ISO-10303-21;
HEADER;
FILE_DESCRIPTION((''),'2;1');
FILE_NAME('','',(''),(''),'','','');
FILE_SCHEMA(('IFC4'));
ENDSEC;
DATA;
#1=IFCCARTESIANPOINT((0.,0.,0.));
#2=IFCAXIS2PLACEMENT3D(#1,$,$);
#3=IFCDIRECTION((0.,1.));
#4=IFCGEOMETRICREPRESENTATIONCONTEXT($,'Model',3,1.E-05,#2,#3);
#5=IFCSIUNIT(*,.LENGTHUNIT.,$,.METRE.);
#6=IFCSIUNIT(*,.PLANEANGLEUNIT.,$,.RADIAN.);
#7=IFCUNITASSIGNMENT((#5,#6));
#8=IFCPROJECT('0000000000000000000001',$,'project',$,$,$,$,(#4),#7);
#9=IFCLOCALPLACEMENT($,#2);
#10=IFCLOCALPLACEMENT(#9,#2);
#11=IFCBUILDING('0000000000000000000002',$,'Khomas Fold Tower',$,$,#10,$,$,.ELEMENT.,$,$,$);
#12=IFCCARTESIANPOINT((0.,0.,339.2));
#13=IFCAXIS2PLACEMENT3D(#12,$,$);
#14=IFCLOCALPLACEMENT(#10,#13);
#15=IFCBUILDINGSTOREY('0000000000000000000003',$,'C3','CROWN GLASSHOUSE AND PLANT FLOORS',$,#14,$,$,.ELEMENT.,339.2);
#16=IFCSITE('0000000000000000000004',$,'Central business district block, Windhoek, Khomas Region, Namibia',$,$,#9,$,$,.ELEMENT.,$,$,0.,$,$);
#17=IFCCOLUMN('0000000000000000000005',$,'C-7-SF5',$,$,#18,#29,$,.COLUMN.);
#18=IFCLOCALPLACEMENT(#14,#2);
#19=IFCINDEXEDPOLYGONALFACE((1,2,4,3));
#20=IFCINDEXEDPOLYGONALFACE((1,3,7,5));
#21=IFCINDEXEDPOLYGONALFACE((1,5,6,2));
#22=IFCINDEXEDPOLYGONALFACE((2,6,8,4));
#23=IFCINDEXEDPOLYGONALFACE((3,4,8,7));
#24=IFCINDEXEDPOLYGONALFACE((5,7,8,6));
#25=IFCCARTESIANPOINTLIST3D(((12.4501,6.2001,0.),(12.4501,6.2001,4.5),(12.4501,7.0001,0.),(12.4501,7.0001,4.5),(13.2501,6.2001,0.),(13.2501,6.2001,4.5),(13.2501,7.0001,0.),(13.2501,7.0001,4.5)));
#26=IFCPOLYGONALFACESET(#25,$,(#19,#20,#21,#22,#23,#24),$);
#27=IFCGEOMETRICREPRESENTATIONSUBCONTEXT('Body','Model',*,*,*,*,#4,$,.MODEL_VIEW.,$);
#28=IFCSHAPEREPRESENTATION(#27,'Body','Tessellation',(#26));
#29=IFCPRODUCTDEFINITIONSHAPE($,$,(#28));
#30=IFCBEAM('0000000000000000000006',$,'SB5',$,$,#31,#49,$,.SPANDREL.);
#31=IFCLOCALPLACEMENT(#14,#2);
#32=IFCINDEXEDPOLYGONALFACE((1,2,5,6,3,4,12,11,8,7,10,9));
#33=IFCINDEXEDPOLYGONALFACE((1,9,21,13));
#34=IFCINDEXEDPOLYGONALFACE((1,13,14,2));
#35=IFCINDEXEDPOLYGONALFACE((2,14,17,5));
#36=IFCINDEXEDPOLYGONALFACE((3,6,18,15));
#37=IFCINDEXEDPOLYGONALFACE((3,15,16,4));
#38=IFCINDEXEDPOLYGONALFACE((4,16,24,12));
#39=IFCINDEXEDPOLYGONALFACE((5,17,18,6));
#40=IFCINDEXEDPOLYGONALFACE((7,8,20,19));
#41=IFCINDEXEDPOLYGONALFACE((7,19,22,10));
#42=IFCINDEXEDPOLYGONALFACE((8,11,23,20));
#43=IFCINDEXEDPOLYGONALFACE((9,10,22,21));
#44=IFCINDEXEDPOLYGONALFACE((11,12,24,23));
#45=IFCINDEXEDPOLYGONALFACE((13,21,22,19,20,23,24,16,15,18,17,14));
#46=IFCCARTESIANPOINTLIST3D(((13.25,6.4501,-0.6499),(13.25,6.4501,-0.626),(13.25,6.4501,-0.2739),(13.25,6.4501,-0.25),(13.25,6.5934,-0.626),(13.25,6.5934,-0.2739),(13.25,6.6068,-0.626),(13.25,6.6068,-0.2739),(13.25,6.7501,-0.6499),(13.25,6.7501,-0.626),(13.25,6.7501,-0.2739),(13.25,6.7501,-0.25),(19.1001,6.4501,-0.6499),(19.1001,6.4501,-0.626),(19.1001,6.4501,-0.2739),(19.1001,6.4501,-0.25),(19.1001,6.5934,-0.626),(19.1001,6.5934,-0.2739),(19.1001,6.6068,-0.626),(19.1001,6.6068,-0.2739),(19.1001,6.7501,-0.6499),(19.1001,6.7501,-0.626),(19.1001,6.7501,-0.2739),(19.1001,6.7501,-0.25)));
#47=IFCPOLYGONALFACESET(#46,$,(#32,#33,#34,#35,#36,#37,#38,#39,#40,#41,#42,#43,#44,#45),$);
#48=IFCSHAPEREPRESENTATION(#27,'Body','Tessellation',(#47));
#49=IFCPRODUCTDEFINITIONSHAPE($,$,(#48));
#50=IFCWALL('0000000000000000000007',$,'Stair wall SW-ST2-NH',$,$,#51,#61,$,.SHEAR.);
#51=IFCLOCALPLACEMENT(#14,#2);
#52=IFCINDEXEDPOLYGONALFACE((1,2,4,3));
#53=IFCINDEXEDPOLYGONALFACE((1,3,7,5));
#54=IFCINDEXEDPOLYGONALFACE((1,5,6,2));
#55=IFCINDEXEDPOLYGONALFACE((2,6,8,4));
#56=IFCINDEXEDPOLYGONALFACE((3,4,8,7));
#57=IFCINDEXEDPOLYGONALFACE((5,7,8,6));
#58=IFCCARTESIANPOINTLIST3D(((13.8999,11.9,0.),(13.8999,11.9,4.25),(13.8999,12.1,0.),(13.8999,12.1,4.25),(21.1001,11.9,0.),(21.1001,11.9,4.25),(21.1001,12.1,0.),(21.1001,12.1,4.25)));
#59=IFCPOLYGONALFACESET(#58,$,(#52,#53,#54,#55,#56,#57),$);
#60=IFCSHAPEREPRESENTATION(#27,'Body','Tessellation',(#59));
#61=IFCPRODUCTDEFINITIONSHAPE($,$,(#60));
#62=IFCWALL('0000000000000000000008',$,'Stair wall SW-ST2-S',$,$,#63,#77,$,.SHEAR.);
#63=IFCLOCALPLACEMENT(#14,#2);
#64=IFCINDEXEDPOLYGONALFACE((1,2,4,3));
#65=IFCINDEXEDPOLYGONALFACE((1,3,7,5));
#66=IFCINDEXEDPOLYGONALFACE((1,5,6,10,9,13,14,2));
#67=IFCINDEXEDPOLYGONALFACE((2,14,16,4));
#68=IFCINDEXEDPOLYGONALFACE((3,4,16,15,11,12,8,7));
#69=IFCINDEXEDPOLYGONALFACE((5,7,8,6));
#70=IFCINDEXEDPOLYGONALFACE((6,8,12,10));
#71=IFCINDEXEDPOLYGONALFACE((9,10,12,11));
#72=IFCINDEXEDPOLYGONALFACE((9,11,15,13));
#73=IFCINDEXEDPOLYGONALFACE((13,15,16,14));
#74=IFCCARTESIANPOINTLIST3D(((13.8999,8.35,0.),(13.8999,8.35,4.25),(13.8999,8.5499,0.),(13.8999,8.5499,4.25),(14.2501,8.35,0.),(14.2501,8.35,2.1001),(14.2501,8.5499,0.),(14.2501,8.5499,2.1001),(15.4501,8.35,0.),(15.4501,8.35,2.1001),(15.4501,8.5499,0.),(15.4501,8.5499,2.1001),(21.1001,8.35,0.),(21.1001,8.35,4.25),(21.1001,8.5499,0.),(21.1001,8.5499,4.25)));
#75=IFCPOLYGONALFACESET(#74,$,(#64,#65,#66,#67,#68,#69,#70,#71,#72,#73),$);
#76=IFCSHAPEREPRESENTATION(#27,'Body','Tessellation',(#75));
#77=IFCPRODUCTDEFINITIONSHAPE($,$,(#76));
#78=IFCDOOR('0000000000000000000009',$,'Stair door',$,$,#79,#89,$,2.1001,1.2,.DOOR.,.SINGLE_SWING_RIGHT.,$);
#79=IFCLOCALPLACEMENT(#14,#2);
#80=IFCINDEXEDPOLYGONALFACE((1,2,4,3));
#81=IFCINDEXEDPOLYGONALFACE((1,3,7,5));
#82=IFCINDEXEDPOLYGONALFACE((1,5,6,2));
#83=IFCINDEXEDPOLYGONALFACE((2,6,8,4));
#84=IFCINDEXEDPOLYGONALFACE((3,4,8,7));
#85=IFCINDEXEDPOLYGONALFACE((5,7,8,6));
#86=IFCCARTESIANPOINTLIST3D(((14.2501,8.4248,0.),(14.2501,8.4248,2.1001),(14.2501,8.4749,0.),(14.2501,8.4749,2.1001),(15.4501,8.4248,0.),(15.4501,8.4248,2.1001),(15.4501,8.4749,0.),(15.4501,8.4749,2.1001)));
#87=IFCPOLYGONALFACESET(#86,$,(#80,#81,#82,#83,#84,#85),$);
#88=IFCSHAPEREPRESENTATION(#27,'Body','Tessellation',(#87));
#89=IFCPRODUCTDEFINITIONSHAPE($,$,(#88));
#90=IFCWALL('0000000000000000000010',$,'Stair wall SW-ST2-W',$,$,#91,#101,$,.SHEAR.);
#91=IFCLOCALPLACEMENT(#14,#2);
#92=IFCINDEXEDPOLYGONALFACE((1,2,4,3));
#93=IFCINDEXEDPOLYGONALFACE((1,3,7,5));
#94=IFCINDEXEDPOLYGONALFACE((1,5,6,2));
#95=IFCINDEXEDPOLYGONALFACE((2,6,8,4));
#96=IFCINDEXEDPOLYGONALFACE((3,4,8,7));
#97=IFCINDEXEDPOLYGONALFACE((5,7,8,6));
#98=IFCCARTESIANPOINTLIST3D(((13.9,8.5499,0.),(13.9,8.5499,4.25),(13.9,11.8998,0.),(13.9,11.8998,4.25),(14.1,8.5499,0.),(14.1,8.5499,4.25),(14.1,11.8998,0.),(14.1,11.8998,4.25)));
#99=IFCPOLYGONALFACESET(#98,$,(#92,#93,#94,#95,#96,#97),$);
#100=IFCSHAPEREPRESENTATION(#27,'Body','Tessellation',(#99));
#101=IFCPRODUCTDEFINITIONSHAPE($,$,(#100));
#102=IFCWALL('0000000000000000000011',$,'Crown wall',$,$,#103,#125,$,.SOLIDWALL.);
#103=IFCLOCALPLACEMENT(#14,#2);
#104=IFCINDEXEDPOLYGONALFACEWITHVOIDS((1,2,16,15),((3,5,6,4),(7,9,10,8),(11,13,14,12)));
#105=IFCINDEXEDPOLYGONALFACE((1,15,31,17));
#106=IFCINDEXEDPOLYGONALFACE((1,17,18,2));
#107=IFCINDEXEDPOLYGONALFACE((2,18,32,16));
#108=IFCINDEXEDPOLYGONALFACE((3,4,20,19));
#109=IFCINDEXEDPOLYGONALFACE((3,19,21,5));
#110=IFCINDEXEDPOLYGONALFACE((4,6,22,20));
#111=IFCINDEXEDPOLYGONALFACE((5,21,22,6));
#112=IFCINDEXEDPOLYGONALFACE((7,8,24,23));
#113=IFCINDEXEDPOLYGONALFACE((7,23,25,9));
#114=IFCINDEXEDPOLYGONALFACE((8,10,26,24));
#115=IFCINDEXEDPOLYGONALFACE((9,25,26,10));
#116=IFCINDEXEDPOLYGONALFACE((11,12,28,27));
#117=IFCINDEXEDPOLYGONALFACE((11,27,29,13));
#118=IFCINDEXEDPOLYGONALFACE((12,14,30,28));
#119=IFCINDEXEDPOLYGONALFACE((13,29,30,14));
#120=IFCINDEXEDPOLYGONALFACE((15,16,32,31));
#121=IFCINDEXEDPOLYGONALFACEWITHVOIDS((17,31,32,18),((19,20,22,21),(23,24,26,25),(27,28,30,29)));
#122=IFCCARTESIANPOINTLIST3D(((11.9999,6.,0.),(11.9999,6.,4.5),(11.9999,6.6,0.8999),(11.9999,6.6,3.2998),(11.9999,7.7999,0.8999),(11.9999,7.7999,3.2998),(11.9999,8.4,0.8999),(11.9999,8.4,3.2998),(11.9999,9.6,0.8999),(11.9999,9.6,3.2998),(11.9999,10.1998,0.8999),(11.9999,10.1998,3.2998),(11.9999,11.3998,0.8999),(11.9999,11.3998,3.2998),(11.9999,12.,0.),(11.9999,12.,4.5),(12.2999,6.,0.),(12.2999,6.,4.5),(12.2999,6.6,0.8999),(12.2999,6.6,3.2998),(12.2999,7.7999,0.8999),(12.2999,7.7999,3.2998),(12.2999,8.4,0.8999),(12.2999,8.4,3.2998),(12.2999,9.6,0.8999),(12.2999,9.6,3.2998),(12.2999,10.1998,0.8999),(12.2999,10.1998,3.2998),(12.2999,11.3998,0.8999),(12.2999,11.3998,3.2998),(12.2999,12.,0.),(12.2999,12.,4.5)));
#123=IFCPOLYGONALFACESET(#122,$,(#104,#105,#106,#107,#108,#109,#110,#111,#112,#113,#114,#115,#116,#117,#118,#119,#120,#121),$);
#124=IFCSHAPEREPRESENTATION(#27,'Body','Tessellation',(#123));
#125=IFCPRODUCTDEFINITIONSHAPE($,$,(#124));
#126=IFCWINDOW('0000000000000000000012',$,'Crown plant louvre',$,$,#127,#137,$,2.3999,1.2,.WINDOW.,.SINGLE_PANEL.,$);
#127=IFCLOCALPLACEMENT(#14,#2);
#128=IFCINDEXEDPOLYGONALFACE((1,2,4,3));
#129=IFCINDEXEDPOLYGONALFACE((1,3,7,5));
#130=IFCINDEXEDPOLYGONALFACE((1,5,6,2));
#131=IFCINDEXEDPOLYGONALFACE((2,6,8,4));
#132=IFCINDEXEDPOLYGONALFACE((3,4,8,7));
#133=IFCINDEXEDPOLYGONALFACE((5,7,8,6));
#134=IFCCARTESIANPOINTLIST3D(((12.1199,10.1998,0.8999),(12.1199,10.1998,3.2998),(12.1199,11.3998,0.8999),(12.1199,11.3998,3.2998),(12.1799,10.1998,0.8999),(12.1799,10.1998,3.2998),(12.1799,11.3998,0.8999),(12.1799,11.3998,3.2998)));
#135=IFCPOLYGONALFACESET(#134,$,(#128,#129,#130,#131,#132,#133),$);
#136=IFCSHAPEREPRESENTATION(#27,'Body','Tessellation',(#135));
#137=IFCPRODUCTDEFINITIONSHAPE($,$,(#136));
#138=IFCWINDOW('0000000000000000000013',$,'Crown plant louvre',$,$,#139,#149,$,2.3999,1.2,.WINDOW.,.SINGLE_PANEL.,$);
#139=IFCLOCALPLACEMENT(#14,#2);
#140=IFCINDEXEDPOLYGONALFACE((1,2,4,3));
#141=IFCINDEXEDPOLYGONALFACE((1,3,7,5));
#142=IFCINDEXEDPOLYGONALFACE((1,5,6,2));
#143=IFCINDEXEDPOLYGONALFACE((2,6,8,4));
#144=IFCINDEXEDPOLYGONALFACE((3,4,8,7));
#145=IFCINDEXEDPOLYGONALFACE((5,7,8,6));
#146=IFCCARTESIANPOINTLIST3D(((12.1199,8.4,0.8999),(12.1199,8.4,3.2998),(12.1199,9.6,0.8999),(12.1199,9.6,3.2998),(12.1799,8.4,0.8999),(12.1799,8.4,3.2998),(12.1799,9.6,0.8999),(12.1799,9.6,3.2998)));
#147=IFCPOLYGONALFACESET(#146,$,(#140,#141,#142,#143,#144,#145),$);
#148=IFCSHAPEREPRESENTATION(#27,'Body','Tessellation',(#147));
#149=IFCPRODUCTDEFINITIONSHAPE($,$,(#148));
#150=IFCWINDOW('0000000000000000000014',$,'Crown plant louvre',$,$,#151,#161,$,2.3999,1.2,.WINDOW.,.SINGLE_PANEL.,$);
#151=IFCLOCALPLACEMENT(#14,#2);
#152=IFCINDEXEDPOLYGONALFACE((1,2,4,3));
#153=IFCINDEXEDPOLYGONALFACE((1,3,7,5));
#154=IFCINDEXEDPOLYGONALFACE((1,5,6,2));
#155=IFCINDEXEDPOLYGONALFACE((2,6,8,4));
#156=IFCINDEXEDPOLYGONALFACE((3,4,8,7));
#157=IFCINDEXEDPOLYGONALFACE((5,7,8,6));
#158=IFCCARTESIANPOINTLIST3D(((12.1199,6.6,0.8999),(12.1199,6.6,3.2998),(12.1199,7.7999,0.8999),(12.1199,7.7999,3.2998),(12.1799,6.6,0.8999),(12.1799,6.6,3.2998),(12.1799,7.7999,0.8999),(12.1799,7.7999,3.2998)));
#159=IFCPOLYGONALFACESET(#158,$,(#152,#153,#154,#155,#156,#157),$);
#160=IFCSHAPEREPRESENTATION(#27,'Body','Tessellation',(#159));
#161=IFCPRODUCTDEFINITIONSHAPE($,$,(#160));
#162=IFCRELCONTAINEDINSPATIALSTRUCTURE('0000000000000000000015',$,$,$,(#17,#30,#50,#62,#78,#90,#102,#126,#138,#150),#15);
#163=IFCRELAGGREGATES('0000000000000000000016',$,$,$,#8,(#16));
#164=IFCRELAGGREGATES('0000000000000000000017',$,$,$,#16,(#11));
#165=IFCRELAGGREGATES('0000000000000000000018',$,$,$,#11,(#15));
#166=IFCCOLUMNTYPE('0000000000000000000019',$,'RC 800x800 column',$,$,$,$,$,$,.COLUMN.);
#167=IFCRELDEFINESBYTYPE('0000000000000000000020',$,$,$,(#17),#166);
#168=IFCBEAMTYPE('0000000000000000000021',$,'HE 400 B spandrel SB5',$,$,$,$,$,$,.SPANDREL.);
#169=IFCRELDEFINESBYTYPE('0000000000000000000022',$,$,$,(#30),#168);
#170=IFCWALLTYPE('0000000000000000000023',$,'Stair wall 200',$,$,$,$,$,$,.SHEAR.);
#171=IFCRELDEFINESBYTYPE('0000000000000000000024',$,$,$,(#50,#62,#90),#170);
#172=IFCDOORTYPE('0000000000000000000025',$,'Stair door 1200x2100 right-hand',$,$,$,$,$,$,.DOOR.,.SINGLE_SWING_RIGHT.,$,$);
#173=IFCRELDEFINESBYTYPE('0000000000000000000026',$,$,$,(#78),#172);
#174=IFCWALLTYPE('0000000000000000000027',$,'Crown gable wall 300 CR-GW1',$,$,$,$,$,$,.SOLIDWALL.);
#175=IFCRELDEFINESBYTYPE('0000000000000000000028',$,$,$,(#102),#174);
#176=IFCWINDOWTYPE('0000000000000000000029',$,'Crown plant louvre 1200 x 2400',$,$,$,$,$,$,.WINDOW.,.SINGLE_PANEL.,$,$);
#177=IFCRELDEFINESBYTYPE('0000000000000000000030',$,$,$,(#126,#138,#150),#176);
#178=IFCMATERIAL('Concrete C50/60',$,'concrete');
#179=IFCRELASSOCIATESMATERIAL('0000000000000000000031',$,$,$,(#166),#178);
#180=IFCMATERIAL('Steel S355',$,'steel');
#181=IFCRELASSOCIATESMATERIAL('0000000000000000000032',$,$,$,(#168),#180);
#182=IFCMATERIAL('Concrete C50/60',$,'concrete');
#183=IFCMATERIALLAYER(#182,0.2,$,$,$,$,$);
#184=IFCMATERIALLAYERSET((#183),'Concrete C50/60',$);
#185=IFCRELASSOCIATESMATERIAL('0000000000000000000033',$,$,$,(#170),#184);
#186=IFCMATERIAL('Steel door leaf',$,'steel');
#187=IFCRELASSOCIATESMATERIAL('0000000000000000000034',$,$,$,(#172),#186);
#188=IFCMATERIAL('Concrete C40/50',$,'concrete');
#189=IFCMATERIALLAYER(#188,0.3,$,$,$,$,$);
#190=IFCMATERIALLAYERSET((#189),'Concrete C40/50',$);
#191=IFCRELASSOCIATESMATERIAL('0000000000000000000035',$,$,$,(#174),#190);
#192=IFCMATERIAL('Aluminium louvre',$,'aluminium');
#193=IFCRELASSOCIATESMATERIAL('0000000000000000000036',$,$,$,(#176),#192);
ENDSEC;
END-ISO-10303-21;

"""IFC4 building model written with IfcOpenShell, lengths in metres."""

from ifc_helpers import new_model, si_unit, direction, frame, frame_2d, origin, origin_2d, place, context, subcontext, project, spatial, rectangle, i_section, extrude, source, transform, mapped, material, layer, layer_set, material_profile, profile_set, type_object, element, fill, save


model = new_model("IFC4")

# Units and contexts
model_context = context("Model", 3, precision=1e-05, world=origin(), true_north=direction((0.0, 1.0)))
body_context = subcontext(model_context, "Body", "Model", "MODEL_VIEW")
ifc_project = project(units=[si_unit("LENGTHUNIT", "METRE"), si_unit("PLANEANGLEUNIT", "RADIAN")], contexts=[model_context])

# Site, building, storey
site_placement = place(None, origin())
site = spatial("IfcSite", under=ifc_project, at=site_placement, Name="Central business district block, Windhoek, Khomas Region, Namibia", CompositionType="ELEMENT", RefElevation=0.0)
building_placement = place(site_placement, origin())
building = spatial("IfcBuilding", under=site, at=building_placement, Name="Khomas Fold Tower", CompositionType="ELEMENT")
storey_placement = place(building_placement, frame((0.0, 0.0, 339.2)))
storey = spatial("IfcBuildingStorey", under=building, at=storey_placement, Name="C3", Description="CROWN GLASSHOUSE AND PLANT FLOORS", CompositionType="ELEMENT", Elevation=339.2)

# Column
ifc_material_1 = material(Name="Concrete C50/60", Category="concrete")
ifc_material_profile_1 = material_profile(ifc_material_1, rectangle(XDim=0.8, YDim=0.8, at=origin_2d()), Name="RC 800x800")
ifc_profile_set_1 = profile_set([ifc_material_profile_1], Name="Concrete C50/60")
column_type = type_object("IfcColumnType", Name="RC 800x800 column", PredefinedType="COLUMN", material=ifc_profile_set_1)
shared_shape_1 = source(origin(), body_context, "Body", "SweptSolid", [
    extrude(rectangle(XDim=0.8, YDim=0.8, at=origin_2d()), origin(), (0.0, 0.0, 1.0), 4.5),
])
column_placement = place(storey_placement, frame((12.8501, 6.6001, 0.0), z_axis=(0.0, 0.0, 1.0), x_axis=(1.0, 0.0, 0.0)))
element("IfcColumn", 1, at=column_placement, inside=storey, type_object=column_type, Name="C-7-SF5", PredefinedType="COLUMN", context=body_context, shape_type="MappedRepresentation", body=[
    mapped(shared_shape_1, transform((0.0, 0.0, 0.0))),
])

# Beam
ifc_material_2 = material(Name="Steel S355", Category="steel")
ifc_material_profile_2 = material_profile(ifc_material_2, i_section(OverallWidth=0.3, OverallDepth=0.3999, WebThickness=0.0134, FlangeThickness=0.0239, at=origin_2d()), Name="HE 400 B")
ifc_profile_set_2 = profile_set([ifc_material_profile_2], Name="Steel S355")
beam_type = type_object("IfcBeamType", Name="HE 400 B spandrel SB5", PredefinedType="SPANDREL", material=ifc_profile_set_2)
shared_shape_2 = source(origin(), body_context, "Body", "SweptSolid", [
    extrude(i_section(OverallWidth=0.3, OverallDepth=0.3999, WebThickness=0.0134, FlangeThickness=0.0239, at=origin_2d()), origin(), (0.0, 0.0, 1.0), 5.8501),
])
beam_placement = place(storey_placement, frame((13.25, 6.6001, -0.45), z_axis=(1.0, 0.0, 0.0), x_axis=(0.0, 1.0, 0.0)))
element("IfcBeam", 2, at=beam_placement, inside=storey, type_object=beam_type, Name="SB5", PredefinedType="SPANDREL", context=body_context, shape_type="MappedRepresentation", body=[
    mapped(shared_shape_2, transform((0.0, 0.0, 0.0))),
])

# Wall
ifc_material_3 = material(Name="Concrete C50/60", Category="concrete")
ifc_layer_1 = layer(ifc_material_3, 0.2)
ifc_layer_set_1 = layer_set([ifc_layer_1], Name="Concrete C50/60")
wall_type_1 = type_object("IfcWallType", Name="Stair wall 200", PredefinedType="SHEAR", material=ifc_layer_set_1)
shared_shape_3 = source(origin(), body_context, "Body", "SweptSolid", [
    extrude(rectangle(XDim=7.2002, YDim=0.2, at=frame_2d((3.6001, 0.0))), origin(), (0.0, 0.0, 1.0), 4.25),
])
wall_1_placement = place(storey_placement, frame((13.8999, 12.0, 0.0), z_axis=(0.0, 0.0, 1.0), x_axis=(1.0, 0.0, 0.0)))
element("IfcWall", 3, at=wall_1_placement, inside=storey, type_object=wall_type_1, Name="Stair wall SW-ST2-NH", PredefinedType="SHEAR", context=body_context, shape_type="MappedRepresentation", body=[
    mapped(shared_shape_3, transform((0.0, 0.0, 0.0))),
])

# Wall, opening, door
wall_2_placement = place(storey_placement, frame((13.8999, 8.45, 0.0), z_axis=(0.0, 0.0, 1.0), x_axis=(1.0, 0.0, 0.0)))
wall_2 = element("IfcWall", 4, at=wall_2_placement, inside=storey, type_object=wall_type_1, Name="Stair wall SW-ST2-S", PredefinedType="SHEAR", context=body_context, shape_type="MappedRepresentation", body=[
    mapped(shared_shape_3, transform((0.0, 0.0, 0.0))),
])
shared_shape_4 = source(origin(), body_context, "Body", "SweptSolid", [
    extrude(rectangle(XDim=1.2, YDim=2.1001, at=frame_2d((0.6001, 1.05))), frame((0.0, 0.1099, 0.0), z_axis=(0.0, -1.0, 0.0), x_axis=(1.0, 0.0, 0.0)), (0.0, 0.0, 1.0), 0.22),
])
opening_1_placement = place(wall_2_placement, frame((0.3501, 0.0, 0.0)))
opening_1 = element("IfcOpeningElement", 5, at=opening_1_placement, cuts=wall_2, PredefinedType="OPENING", context=body_context, shape_type="MappedRepresentation", body=[
    mapped(shared_shape_4, transform((0.0, 0.0, 0.0))),
])
ifc_material_4 = material(Name="Steel door leaf", Category="steel")
door_type = type_object("IfcDoorType", Name="Stair door 1200x2100 right-hand", OperationType="SINGLE_SWING_RIGHT", PredefinedType="DOOR", material=ifc_material_4)
shared_shape_5 = source(origin(), body_context, "Body", "SweptSolid", [
    extrude(rectangle(XDim=1.2, YDim=2.1001, at=frame_2d((0.6001, 1.05))), frame((0.0, 0.0249, 0.0), z_axis=(0.0, -1.0, 0.0), x_axis=(1.0, 0.0, 0.0)), (0.0, 0.0, 1.0), 0.05),
])
door_placement = place(opening_1_placement, origin())
door = element("IfcDoor", 6, at=door_placement, inside=storey, type_object=door_type, Name="Stair door", OperationType="SINGLE_SWING_RIGHT", OverallHeight=2.1001, OverallWidth=1.2, PredefinedType="DOOR", context=body_context, shape_type="MappedRepresentation", body=[
    mapped(shared_shape_5, transform((0.0, 0.0, 0.0))),
])
fill(opening_1, door)

# Wall
shared_shape_6 = source(origin(), body_context, "Body", "SweptSolid", [
    extrude(rectangle(XDim=3.3499, YDim=0.2, at=frame_2d((1.6748, 0.0))), origin(), (0.0, 0.0, 1.0), 4.25),
])
wall_3_placement = place(storey_placement, frame((14.0, 8.55, 0.0), z_axis=(0.0, 0.0, 1.0), x_axis=(0.0, 1.0, 0.0)))
element("IfcWall", 7, at=wall_3_placement, inside=storey, type_object=wall_type_1, Name="Stair wall SW-ST2-W", PredefinedType="SHEAR", context=body_context, shape_type="MappedRepresentation", body=[
    mapped(shared_shape_6, transform((0.0, 0.0, 0.0))),
])

# Wall, openings, windows
ifc_material_5 = material(Name="Concrete C40/50", Category="concrete")
ifc_layer_2 = layer(ifc_material_5, 0.3)
ifc_layer_set_2 = layer_set([ifc_layer_2], Name="Concrete C40/50")
wall_type_2 = type_object("IfcWallType", Name="Crown gable wall 300 CR-GW1", PredefinedType="SOLIDWALL", material=ifc_layer_set_2)
shared_shape_7 = source(origin(), body_context, "Body", "SweptSolid", [
    extrude(rectangle(XDim=6.0, YDim=0.3, at=frame_2d((3.0, 0.0))), origin(), (0.0, 0.0, 1.0), 4.5),
])
wall_4_placement = place(storey_placement, frame((12.1499, 12.0, 0.0), z_axis=(0.0, 0.0, 1.0), x_axis=(0.0, -1.0, 0.0)))
wall_4 = element("IfcWall", 8, at=wall_4_placement, inside=storey, type_object=wall_type_2, Name="Crown wall", PredefinedType="SOLIDWALL", context=body_context, shape_type="MappedRepresentation", body=[
    mapped(shared_shape_7, transform((0.0, 0.0, 0.0))),
])
shared_shape_8 = source(origin(), body_context, "Body", "SweptSolid", [
    extrude(rectangle(XDim=1.2, YDim=2.3999, at=frame_2d((0.6001, 1.2))), frame((0.0, 0.1599, 0.0), z_axis=(0.0, -1.0, 0.0), x_axis=(1.0, 0.0, 0.0)), (0.0, 0.0, 1.0), 0.3201),
])
opening_2_placement = place(wall_4_placement, frame((0.6001, 0.0, 0.8999)))
opening_2 = element("IfcOpeningElement", 9, at=opening_2_placement, cuts=wall_4, PredefinedType="OPENING", context=body_context, shape_type="MappedRepresentation", body=[
    mapped(shared_shape_8, transform((0.0, 0.0, 0.0))),
])
opening_3_placement = place(wall_4_placement, frame((2.3999, 0.0, 0.8999)))
opening_3 = element("IfcOpeningElement", 10, at=opening_3_placement, cuts=wall_4, PredefinedType="OPENING", context=body_context, shape_type="MappedRepresentation", body=[
    mapped(shared_shape_8, transform((0.0, 0.0, 0.0))),
])
opening_4_placement = place(wall_4_placement, frame((4.2, 0.0, 0.8999)))
opening_4 = element("IfcOpeningElement", 11, at=opening_4_placement, cuts=wall_4, PredefinedType="OPENING", context=body_context, shape_type="MappedRepresentation", body=[
    mapped(shared_shape_8, transform((0.0, 0.0, 0.0))),
])
ifc_material_6 = material(Name="Aluminium louvre", Category="aluminium")
window_type = type_object("IfcWindowType", Name="Crown plant louvre 1200 x 2400", PartitioningType="SINGLE_PANEL", PredefinedType="WINDOW", material=ifc_material_6)
shared_shape_9 = source(origin(), body_context, "Body", "SweptSolid", [
    extrude(rectangle(XDim=1.2, YDim=2.3999, at=frame_2d((0.6001, 1.2))), frame((0.0, 0.03, 0.0), z_axis=(0.0, -1.0, 0.0), x_axis=(1.0, 0.0, 0.0)), (0.0, 0.0, 1.0), 0.0601),
])
window_1_placement = place(opening_2_placement, origin())
window_1 = element("IfcWindow", 12, at=window_1_placement, inside=storey, type_object=window_type, Name="Crown plant louvre", OverallHeight=2.3999, OverallWidth=1.2, PartitioningType="SINGLE_PANEL", PredefinedType="WINDOW", context=body_context, shape_type="MappedRepresentation", body=[
    mapped(shared_shape_9, transform((0.0, 0.0, 0.0))),
])
fill(opening_2, window_1)
window_2_placement = place(opening_3_placement, origin())
window_2 = element("IfcWindow", 13, at=window_2_placement, inside=storey, type_object=window_type, Name="Crown plant louvre", OverallHeight=2.3999, OverallWidth=1.2, PartitioningType="SINGLE_PANEL", PredefinedType="WINDOW", context=body_context, shape_type="MappedRepresentation", body=[
    mapped(shared_shape_9, transform((0.0, 0.0, 0.0))),
])
fill(opening_3, window_2)
window_3_placement = place(opening_4_placement, origin())
window_3 = element("IfcWindow", 14, at=window_3_placement, inside=storey, type_object=window_type, Name="Crown plant louvre", OverallHeight=2.3999, OverallWidth=1.2, PartitioningType="SINGLE_PANEL", PredefinedType="WINDOW", context=body_context, shape_type="MappedRepresentation", body=[
    mapped(shared_shape_9, transform((0.0, 0.0, 0.0))),
])
fill(opening_4, window_3)

save(model, "model.ifc")
